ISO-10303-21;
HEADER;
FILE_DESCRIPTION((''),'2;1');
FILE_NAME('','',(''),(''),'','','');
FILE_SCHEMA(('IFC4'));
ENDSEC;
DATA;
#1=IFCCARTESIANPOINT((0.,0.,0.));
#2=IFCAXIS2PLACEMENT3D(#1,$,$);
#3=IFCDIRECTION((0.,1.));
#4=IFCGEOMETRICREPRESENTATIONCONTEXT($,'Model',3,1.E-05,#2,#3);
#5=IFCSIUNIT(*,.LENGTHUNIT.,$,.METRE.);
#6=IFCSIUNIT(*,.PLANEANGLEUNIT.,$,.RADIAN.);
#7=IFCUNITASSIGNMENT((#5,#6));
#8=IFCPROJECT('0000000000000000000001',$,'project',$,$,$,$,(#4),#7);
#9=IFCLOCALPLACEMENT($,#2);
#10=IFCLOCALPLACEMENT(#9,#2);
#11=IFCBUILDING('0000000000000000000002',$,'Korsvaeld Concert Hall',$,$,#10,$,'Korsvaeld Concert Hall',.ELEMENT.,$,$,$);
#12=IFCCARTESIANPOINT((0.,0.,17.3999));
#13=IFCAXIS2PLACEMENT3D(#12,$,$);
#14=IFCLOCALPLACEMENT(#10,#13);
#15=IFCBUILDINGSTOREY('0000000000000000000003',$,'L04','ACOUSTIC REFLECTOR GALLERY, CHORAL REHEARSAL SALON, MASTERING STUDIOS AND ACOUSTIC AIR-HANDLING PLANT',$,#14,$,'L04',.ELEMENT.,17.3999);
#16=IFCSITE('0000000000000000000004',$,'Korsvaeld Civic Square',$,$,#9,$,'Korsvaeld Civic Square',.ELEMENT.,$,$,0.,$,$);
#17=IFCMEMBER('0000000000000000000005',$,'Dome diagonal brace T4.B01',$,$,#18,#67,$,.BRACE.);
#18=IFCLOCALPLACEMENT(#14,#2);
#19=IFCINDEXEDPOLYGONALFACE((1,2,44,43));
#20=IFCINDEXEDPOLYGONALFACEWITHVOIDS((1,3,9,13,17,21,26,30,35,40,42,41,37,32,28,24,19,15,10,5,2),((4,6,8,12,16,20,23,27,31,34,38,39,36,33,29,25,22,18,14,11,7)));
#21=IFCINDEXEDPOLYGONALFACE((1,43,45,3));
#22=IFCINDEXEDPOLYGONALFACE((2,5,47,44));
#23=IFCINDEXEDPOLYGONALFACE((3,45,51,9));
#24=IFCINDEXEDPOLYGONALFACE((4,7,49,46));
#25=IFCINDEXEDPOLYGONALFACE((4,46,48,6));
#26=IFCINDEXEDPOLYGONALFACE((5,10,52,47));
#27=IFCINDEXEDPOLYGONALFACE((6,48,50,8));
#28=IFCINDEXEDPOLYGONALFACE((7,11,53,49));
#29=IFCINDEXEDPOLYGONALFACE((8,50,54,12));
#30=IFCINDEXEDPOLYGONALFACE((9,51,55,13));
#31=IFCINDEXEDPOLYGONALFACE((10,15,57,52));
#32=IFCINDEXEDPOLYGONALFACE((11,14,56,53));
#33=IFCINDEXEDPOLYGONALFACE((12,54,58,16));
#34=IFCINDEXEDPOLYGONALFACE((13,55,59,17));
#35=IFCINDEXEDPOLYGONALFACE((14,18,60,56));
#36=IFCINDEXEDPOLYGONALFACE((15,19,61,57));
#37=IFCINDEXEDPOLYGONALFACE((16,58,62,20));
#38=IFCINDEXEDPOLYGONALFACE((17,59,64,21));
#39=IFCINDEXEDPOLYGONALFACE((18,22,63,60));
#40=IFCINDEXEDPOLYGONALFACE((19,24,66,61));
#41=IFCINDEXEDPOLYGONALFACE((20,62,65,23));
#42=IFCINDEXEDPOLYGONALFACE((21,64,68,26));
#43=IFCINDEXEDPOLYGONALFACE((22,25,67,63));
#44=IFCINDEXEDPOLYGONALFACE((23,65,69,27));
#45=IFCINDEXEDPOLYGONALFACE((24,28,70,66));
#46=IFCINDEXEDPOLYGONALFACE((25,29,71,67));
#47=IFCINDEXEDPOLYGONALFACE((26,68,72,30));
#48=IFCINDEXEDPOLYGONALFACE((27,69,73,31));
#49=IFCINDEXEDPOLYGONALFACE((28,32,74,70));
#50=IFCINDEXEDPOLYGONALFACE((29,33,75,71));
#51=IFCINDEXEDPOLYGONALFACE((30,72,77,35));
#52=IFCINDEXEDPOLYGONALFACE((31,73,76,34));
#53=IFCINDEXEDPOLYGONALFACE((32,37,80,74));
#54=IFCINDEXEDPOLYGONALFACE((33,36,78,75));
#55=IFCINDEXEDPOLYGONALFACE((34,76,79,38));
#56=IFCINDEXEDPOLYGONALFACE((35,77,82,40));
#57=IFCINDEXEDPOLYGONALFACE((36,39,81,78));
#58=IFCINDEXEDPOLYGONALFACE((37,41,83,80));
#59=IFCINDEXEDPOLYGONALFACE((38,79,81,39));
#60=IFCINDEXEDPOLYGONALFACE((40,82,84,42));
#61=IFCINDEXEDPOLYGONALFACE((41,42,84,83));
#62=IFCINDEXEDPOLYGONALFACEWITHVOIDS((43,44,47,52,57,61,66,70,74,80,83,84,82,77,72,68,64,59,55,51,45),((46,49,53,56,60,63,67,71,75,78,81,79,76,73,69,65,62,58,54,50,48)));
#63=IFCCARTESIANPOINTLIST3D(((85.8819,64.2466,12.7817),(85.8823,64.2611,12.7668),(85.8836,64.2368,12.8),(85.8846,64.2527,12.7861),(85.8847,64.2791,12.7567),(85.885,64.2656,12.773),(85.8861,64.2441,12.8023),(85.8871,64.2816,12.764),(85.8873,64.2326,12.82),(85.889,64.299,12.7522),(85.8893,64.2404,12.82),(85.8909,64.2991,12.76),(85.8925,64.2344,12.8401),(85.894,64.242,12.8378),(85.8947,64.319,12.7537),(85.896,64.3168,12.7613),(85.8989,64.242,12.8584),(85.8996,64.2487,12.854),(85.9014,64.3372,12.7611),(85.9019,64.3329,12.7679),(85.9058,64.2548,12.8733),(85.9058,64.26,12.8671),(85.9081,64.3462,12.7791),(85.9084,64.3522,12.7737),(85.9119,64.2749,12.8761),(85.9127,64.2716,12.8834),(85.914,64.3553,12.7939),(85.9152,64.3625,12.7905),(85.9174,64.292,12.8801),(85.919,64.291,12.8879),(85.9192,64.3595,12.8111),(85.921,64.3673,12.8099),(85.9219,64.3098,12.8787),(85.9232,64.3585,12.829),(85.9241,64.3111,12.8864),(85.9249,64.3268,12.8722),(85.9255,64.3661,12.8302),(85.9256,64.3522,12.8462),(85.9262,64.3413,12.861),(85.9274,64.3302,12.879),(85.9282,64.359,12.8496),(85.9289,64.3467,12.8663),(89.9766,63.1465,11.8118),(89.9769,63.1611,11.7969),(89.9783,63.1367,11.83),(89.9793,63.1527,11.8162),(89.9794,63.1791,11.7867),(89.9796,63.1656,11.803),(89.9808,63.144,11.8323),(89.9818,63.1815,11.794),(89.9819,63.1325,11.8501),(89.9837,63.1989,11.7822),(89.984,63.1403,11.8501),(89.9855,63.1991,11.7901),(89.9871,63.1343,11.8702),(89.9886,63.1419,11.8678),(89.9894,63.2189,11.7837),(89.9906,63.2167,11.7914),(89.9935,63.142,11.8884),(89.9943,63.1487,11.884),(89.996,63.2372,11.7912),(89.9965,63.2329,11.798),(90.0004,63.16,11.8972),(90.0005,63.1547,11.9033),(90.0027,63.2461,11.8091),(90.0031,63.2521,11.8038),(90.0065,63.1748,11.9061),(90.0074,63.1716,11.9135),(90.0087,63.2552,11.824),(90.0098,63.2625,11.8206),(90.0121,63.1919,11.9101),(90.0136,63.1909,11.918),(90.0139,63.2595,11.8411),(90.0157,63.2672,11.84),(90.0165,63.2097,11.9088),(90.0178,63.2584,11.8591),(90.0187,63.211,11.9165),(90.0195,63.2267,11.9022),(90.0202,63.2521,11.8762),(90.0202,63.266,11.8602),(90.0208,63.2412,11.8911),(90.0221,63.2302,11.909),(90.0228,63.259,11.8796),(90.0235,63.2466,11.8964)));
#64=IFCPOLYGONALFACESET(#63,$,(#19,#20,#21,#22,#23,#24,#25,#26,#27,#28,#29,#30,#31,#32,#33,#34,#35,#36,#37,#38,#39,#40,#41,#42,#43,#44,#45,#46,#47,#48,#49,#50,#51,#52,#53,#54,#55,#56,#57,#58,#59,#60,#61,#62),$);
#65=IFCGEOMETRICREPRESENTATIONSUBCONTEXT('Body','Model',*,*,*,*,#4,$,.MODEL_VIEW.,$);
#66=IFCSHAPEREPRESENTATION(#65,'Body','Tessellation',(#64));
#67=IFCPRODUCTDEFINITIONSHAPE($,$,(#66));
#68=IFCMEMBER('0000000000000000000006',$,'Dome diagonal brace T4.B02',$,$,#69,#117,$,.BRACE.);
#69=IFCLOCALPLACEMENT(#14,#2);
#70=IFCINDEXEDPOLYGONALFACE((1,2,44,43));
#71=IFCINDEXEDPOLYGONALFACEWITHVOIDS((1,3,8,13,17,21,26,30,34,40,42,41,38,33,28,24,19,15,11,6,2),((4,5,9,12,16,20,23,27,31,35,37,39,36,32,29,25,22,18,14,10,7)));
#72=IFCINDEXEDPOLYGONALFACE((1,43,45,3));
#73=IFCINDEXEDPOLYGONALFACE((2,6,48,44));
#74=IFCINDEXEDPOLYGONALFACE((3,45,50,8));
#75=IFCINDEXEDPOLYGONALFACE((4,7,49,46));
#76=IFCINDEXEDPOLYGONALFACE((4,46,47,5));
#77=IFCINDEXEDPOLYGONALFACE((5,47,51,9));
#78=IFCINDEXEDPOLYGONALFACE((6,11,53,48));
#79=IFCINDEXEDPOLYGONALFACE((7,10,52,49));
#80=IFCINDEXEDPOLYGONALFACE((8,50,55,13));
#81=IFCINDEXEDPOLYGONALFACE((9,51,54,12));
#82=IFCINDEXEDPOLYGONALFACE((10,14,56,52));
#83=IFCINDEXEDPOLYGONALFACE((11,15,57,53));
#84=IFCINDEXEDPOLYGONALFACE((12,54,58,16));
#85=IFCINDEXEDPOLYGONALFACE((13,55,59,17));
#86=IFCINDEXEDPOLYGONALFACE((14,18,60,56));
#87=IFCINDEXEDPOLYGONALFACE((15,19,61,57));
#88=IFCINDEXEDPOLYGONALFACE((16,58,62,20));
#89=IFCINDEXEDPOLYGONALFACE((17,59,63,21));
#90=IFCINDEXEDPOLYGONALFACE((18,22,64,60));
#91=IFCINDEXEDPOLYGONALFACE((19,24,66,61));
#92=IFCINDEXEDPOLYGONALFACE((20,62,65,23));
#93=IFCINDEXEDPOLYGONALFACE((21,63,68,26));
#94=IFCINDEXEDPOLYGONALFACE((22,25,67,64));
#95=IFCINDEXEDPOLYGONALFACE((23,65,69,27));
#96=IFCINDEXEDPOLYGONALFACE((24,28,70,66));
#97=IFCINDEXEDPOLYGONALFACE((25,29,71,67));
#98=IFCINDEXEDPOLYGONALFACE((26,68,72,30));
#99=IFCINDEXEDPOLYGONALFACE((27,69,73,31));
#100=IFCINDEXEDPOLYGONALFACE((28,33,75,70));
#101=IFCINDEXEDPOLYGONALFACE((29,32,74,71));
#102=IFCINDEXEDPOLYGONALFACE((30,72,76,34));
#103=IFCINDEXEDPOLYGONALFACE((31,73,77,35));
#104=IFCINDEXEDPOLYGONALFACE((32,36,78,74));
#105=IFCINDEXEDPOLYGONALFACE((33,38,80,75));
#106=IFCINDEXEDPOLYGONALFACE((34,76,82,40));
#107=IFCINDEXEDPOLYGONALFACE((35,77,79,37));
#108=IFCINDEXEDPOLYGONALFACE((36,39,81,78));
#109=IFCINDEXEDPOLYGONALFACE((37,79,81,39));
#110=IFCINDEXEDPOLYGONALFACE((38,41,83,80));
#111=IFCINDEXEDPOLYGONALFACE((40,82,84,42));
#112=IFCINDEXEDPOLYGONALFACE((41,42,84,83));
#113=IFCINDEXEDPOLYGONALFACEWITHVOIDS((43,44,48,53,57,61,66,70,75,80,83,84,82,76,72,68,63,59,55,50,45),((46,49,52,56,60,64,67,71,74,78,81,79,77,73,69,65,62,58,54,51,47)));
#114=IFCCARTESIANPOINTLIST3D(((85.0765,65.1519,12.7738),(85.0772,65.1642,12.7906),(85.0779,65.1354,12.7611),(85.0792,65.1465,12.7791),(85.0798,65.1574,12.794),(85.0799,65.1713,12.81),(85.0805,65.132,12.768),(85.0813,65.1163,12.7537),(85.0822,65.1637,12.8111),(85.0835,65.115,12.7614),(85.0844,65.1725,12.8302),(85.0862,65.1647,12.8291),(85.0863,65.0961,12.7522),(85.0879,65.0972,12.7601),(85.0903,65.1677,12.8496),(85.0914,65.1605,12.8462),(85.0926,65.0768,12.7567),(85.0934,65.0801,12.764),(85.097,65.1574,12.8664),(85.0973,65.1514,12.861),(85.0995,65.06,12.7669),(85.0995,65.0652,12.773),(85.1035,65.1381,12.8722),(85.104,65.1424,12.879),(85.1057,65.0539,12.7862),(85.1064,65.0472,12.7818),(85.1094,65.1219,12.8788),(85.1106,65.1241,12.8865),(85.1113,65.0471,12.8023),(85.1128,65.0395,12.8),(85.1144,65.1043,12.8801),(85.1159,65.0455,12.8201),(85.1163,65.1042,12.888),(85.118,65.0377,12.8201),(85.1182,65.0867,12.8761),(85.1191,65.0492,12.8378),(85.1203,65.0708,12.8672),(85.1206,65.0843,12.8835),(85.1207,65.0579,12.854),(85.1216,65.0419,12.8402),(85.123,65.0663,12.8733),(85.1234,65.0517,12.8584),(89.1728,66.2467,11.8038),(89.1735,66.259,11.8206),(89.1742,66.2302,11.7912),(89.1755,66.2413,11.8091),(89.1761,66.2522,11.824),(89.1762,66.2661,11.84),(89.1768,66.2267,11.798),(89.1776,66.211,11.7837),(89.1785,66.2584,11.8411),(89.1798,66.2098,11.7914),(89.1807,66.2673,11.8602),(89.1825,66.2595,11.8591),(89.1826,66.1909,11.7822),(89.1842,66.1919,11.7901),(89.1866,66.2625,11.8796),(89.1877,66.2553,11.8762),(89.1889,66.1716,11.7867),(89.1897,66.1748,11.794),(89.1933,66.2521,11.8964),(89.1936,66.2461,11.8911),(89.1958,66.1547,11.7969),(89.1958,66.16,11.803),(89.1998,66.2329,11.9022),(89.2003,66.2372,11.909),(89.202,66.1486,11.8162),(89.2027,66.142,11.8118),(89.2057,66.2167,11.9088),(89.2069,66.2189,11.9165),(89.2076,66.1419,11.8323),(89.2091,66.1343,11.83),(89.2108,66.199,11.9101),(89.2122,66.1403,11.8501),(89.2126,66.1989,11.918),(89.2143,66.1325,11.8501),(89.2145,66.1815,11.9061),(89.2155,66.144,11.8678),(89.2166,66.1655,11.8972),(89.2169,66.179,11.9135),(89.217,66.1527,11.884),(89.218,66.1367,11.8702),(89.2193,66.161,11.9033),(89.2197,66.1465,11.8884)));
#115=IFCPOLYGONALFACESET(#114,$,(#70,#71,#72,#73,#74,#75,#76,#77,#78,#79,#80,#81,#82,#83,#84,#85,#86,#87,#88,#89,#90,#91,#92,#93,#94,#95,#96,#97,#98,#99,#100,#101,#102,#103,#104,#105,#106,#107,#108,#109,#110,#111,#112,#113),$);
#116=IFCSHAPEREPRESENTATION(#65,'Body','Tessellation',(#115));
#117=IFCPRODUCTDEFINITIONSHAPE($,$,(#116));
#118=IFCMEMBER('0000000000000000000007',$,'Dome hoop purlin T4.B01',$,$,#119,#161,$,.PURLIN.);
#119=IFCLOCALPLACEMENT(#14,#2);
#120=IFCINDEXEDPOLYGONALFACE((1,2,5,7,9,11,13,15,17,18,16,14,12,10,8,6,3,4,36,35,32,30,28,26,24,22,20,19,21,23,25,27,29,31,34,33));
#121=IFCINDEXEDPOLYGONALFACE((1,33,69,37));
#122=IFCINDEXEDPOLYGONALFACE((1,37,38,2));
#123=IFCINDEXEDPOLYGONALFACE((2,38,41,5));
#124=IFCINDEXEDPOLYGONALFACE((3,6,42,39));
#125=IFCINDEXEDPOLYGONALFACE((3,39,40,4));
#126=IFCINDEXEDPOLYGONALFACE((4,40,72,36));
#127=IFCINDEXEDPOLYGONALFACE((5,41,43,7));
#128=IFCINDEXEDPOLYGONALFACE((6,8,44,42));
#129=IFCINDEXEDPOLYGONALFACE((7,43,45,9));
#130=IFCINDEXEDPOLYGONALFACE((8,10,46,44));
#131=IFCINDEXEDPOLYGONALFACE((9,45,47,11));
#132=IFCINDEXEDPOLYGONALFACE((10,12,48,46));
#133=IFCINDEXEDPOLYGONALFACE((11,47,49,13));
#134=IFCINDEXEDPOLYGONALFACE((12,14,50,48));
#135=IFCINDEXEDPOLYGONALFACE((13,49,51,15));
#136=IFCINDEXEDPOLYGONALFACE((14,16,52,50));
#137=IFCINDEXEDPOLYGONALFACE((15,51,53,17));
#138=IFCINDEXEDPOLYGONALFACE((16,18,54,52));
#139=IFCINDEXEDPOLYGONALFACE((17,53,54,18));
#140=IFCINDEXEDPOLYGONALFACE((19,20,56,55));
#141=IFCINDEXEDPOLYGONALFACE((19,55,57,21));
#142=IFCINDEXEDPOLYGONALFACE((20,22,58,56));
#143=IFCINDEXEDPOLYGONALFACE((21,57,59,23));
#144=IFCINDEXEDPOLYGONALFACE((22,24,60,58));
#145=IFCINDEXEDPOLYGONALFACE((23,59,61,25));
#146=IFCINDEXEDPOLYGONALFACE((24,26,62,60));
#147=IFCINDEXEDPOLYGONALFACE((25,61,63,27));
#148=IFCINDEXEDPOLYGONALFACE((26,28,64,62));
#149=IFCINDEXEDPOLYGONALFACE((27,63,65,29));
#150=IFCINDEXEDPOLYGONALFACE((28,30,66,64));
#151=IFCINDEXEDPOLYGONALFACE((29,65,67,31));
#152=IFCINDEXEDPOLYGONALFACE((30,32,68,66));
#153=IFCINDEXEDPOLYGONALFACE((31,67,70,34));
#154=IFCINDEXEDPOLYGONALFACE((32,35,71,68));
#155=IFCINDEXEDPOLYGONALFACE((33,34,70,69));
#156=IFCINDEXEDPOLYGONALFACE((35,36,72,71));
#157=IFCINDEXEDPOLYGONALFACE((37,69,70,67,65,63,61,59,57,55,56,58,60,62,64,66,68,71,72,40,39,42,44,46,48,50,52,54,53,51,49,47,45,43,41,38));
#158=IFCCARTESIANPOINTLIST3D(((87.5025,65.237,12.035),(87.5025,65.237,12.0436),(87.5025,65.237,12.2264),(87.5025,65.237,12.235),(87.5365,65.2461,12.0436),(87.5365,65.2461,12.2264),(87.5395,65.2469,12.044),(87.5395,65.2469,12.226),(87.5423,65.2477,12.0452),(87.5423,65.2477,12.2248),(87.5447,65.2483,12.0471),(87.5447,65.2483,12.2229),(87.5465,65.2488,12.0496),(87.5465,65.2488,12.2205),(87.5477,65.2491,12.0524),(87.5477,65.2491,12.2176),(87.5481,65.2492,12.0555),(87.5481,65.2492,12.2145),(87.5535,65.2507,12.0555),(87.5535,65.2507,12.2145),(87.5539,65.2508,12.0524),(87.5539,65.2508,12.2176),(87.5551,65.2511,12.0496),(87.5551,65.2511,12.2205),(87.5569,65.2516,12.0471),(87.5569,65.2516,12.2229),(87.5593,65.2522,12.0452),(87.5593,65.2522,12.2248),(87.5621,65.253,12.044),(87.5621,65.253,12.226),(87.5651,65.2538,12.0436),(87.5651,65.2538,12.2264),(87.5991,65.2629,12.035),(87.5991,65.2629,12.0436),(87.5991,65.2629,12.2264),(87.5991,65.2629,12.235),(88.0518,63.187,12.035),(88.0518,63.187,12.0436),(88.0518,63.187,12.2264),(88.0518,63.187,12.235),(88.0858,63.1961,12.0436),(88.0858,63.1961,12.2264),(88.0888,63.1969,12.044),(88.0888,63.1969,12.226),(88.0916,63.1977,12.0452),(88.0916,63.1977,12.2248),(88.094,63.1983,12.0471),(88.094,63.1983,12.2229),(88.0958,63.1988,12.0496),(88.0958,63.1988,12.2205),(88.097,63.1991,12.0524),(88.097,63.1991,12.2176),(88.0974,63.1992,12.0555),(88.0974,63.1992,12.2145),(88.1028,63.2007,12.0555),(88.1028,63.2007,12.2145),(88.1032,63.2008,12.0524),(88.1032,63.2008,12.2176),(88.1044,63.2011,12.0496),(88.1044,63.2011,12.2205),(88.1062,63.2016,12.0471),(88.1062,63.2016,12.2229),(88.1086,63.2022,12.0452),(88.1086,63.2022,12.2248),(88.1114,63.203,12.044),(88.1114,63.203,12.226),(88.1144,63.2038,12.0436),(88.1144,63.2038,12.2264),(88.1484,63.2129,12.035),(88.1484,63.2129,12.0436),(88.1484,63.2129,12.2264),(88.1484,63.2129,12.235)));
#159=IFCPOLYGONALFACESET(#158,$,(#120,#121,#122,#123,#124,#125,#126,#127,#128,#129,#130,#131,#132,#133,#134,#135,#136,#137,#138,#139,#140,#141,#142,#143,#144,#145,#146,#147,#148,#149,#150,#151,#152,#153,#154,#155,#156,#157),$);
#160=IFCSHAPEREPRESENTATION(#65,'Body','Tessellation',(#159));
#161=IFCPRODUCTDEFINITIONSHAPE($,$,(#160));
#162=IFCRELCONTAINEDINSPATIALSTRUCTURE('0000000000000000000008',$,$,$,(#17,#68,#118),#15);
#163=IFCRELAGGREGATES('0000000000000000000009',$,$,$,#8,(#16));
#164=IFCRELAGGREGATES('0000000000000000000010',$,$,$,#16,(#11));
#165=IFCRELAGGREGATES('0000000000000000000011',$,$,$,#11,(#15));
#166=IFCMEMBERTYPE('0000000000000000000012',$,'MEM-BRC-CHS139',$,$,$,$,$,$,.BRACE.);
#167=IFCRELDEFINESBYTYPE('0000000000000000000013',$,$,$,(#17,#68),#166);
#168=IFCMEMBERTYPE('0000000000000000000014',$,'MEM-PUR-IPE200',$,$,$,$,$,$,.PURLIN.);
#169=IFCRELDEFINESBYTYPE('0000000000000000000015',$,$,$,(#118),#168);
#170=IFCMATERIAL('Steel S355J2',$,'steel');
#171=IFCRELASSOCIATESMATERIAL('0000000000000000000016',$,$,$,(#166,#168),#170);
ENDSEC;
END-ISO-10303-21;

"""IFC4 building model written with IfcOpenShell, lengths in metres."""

from ifc_helpers import new_model, si_unit, direction, frame, origin, origin_2d, place, context, subcontext, project, spatial, hollow_circle, i_section, extrude, material, material_profile, profile_set, type_object, element, save


model = new_model("IFC4")

# Units and contexts
model_context = context("Model", 3, precision=1e-05, world=origin(), true_north=direction((0.0, 1.0)))
body_context = subcontext(model_context, "Body", "Model", "MODEL_VIEW")
ifc_project = project(units=[si_unit("LENGTHUNIT", "METRE"), si_unit("PLANEANGLEUNIT", "RADIAN")], contexts=[model_context])

# Site, building, storey
site_placement = place(None, origin())
site = spatial("IfcSite", under=ifc_project, at=site_placement, Name="Korsvaeld Civic Square", LongName="Korsvaeld Civic Square", CompositionType="ELEMENT", RefElevation=0.0)
building_placement = place(site_placement, origin())
building = spatial("IfcBuilding", under=site, at=building_placement, Name="Korsvaeld Concert Hall", LongName="Korsvaeld Concert Hall", CompositionType="ELEMENT")
storey_placement = place(building_placement, frame((0.0, 0.0, 17.3999)))
storey = spatial("IfcBuildingStorey", under=building, at=storey_placement, Name="L04", Description="ACOUSTIC REFLECTOR GALLERY, CHORAL REHEARSAL SALON, MASTERING STUDIOS AND ACOUSTIC AIR-HANDLING PLANT", LongName="L04", CompositionType="ELEMENT", Elevation=17.3999)

# Shared definitions
ifc_material_1 = material(Name="Steel S355J2", Category="steel")

# Members
ifc_material_profile_1 = material_profile(ifc_material_1, hollow_circle(Radius=0.0698, WallThickness=0.0081, at=origin_2d()), Name="CHS 139.7x8")
ifc_profile_set_1 = profile_set([ifc_material_profile_1], Name="Steel S355J2")
member_type_1 = type_object("IfcMemberType", Name="MEM-BRC-CHS139", PredefinedType="BRACE", material=ifc_profile_set_1)
member_1_placement = place(storey_placement, frame((90.0, 63.2, 11.8501), z_axis=(-0.941432, 0.252927, 0.223009), x_axis=(-0.259461, -0.965754, 0.0)))
element("IfcMember", 1, at=member_1_placement, inside=storey, type_object=member_type_1, Name="Dome diagonal brace T4.B01", PredefinedType="BRACE", context=body_context, shape_type="SweptSolid", body=[
    extrude(hollow_circle(Radius=0.0698, WallThickness=0.0081, at=origin_2d()), origin(), (0.0, 0.0, 1.0), 4.3494),
])
member_2_placement = place(storey_placement, frame((89.1963, 66.2, 11.8501), z_axis=(-0.941764, -0.251691, 0.223008), x_axis=(0.258193, -0.966093, 0.0)))
element("IfcMember", 2, at=member_2_placement, inside=storey, type_object=member_type_1, Name="Dome diagonal brace T4.B02", PredefinedType="BRACE", context=body_context, shape_type="SweptSolid", body=[
    extrude(hollow_circle(Radius=0.0698, WallThickness=0.0081, at=origin_2d()), origin(), (0.0, 0.0, 1.0), 4.3496),
])
ifc_material_profile_2 = material_profile(ifc_material_1, i_section(OverallWidth=0.1001, OverallDepth=0.2, WebThickness=0.0056, FlangeThickness=0.0085, FilletRadius=0.012, at=origin_2d()), Name="IPE 200")
ifc_profile_set_2 = profile_set([ifc_material_profile_2], Name="Steel S355J2")
member_type_2 = type_object("IfcMemberType", Name="MEM-PUR-IPE200", PredefinedType="PURLIN", material=ifc_profile_set_2)
for number, where, z_axis, x_axis, name in (
    (3, (88.1001, 63.2, 12.135), (-0.258822, 0.965925, 0.0), (-0.965925, -0.258822, 0.0), "Dome hoop purlin T4.B01"),
):
    element("IfcMember", number, at=place(storey_placement, frame(where, z_axis=z_axis, x_axis=x_axis)), inside=storey, type_object=member_type_2, Name=name, PredefinedType="PURLIN", context=body_context, shape_type="SweptSolid", body=[
        extrude(i_section(OverallWidth=0.1001, OverallDepth=0.2, WebThickness=0.0056, FlangeThickness=0.0085, FilletRadius=0.012, at=origin_2d()), origin(), (0.0, 0.0, 1.0), 2.1223),
    ])

save(model, "model.ifc")
